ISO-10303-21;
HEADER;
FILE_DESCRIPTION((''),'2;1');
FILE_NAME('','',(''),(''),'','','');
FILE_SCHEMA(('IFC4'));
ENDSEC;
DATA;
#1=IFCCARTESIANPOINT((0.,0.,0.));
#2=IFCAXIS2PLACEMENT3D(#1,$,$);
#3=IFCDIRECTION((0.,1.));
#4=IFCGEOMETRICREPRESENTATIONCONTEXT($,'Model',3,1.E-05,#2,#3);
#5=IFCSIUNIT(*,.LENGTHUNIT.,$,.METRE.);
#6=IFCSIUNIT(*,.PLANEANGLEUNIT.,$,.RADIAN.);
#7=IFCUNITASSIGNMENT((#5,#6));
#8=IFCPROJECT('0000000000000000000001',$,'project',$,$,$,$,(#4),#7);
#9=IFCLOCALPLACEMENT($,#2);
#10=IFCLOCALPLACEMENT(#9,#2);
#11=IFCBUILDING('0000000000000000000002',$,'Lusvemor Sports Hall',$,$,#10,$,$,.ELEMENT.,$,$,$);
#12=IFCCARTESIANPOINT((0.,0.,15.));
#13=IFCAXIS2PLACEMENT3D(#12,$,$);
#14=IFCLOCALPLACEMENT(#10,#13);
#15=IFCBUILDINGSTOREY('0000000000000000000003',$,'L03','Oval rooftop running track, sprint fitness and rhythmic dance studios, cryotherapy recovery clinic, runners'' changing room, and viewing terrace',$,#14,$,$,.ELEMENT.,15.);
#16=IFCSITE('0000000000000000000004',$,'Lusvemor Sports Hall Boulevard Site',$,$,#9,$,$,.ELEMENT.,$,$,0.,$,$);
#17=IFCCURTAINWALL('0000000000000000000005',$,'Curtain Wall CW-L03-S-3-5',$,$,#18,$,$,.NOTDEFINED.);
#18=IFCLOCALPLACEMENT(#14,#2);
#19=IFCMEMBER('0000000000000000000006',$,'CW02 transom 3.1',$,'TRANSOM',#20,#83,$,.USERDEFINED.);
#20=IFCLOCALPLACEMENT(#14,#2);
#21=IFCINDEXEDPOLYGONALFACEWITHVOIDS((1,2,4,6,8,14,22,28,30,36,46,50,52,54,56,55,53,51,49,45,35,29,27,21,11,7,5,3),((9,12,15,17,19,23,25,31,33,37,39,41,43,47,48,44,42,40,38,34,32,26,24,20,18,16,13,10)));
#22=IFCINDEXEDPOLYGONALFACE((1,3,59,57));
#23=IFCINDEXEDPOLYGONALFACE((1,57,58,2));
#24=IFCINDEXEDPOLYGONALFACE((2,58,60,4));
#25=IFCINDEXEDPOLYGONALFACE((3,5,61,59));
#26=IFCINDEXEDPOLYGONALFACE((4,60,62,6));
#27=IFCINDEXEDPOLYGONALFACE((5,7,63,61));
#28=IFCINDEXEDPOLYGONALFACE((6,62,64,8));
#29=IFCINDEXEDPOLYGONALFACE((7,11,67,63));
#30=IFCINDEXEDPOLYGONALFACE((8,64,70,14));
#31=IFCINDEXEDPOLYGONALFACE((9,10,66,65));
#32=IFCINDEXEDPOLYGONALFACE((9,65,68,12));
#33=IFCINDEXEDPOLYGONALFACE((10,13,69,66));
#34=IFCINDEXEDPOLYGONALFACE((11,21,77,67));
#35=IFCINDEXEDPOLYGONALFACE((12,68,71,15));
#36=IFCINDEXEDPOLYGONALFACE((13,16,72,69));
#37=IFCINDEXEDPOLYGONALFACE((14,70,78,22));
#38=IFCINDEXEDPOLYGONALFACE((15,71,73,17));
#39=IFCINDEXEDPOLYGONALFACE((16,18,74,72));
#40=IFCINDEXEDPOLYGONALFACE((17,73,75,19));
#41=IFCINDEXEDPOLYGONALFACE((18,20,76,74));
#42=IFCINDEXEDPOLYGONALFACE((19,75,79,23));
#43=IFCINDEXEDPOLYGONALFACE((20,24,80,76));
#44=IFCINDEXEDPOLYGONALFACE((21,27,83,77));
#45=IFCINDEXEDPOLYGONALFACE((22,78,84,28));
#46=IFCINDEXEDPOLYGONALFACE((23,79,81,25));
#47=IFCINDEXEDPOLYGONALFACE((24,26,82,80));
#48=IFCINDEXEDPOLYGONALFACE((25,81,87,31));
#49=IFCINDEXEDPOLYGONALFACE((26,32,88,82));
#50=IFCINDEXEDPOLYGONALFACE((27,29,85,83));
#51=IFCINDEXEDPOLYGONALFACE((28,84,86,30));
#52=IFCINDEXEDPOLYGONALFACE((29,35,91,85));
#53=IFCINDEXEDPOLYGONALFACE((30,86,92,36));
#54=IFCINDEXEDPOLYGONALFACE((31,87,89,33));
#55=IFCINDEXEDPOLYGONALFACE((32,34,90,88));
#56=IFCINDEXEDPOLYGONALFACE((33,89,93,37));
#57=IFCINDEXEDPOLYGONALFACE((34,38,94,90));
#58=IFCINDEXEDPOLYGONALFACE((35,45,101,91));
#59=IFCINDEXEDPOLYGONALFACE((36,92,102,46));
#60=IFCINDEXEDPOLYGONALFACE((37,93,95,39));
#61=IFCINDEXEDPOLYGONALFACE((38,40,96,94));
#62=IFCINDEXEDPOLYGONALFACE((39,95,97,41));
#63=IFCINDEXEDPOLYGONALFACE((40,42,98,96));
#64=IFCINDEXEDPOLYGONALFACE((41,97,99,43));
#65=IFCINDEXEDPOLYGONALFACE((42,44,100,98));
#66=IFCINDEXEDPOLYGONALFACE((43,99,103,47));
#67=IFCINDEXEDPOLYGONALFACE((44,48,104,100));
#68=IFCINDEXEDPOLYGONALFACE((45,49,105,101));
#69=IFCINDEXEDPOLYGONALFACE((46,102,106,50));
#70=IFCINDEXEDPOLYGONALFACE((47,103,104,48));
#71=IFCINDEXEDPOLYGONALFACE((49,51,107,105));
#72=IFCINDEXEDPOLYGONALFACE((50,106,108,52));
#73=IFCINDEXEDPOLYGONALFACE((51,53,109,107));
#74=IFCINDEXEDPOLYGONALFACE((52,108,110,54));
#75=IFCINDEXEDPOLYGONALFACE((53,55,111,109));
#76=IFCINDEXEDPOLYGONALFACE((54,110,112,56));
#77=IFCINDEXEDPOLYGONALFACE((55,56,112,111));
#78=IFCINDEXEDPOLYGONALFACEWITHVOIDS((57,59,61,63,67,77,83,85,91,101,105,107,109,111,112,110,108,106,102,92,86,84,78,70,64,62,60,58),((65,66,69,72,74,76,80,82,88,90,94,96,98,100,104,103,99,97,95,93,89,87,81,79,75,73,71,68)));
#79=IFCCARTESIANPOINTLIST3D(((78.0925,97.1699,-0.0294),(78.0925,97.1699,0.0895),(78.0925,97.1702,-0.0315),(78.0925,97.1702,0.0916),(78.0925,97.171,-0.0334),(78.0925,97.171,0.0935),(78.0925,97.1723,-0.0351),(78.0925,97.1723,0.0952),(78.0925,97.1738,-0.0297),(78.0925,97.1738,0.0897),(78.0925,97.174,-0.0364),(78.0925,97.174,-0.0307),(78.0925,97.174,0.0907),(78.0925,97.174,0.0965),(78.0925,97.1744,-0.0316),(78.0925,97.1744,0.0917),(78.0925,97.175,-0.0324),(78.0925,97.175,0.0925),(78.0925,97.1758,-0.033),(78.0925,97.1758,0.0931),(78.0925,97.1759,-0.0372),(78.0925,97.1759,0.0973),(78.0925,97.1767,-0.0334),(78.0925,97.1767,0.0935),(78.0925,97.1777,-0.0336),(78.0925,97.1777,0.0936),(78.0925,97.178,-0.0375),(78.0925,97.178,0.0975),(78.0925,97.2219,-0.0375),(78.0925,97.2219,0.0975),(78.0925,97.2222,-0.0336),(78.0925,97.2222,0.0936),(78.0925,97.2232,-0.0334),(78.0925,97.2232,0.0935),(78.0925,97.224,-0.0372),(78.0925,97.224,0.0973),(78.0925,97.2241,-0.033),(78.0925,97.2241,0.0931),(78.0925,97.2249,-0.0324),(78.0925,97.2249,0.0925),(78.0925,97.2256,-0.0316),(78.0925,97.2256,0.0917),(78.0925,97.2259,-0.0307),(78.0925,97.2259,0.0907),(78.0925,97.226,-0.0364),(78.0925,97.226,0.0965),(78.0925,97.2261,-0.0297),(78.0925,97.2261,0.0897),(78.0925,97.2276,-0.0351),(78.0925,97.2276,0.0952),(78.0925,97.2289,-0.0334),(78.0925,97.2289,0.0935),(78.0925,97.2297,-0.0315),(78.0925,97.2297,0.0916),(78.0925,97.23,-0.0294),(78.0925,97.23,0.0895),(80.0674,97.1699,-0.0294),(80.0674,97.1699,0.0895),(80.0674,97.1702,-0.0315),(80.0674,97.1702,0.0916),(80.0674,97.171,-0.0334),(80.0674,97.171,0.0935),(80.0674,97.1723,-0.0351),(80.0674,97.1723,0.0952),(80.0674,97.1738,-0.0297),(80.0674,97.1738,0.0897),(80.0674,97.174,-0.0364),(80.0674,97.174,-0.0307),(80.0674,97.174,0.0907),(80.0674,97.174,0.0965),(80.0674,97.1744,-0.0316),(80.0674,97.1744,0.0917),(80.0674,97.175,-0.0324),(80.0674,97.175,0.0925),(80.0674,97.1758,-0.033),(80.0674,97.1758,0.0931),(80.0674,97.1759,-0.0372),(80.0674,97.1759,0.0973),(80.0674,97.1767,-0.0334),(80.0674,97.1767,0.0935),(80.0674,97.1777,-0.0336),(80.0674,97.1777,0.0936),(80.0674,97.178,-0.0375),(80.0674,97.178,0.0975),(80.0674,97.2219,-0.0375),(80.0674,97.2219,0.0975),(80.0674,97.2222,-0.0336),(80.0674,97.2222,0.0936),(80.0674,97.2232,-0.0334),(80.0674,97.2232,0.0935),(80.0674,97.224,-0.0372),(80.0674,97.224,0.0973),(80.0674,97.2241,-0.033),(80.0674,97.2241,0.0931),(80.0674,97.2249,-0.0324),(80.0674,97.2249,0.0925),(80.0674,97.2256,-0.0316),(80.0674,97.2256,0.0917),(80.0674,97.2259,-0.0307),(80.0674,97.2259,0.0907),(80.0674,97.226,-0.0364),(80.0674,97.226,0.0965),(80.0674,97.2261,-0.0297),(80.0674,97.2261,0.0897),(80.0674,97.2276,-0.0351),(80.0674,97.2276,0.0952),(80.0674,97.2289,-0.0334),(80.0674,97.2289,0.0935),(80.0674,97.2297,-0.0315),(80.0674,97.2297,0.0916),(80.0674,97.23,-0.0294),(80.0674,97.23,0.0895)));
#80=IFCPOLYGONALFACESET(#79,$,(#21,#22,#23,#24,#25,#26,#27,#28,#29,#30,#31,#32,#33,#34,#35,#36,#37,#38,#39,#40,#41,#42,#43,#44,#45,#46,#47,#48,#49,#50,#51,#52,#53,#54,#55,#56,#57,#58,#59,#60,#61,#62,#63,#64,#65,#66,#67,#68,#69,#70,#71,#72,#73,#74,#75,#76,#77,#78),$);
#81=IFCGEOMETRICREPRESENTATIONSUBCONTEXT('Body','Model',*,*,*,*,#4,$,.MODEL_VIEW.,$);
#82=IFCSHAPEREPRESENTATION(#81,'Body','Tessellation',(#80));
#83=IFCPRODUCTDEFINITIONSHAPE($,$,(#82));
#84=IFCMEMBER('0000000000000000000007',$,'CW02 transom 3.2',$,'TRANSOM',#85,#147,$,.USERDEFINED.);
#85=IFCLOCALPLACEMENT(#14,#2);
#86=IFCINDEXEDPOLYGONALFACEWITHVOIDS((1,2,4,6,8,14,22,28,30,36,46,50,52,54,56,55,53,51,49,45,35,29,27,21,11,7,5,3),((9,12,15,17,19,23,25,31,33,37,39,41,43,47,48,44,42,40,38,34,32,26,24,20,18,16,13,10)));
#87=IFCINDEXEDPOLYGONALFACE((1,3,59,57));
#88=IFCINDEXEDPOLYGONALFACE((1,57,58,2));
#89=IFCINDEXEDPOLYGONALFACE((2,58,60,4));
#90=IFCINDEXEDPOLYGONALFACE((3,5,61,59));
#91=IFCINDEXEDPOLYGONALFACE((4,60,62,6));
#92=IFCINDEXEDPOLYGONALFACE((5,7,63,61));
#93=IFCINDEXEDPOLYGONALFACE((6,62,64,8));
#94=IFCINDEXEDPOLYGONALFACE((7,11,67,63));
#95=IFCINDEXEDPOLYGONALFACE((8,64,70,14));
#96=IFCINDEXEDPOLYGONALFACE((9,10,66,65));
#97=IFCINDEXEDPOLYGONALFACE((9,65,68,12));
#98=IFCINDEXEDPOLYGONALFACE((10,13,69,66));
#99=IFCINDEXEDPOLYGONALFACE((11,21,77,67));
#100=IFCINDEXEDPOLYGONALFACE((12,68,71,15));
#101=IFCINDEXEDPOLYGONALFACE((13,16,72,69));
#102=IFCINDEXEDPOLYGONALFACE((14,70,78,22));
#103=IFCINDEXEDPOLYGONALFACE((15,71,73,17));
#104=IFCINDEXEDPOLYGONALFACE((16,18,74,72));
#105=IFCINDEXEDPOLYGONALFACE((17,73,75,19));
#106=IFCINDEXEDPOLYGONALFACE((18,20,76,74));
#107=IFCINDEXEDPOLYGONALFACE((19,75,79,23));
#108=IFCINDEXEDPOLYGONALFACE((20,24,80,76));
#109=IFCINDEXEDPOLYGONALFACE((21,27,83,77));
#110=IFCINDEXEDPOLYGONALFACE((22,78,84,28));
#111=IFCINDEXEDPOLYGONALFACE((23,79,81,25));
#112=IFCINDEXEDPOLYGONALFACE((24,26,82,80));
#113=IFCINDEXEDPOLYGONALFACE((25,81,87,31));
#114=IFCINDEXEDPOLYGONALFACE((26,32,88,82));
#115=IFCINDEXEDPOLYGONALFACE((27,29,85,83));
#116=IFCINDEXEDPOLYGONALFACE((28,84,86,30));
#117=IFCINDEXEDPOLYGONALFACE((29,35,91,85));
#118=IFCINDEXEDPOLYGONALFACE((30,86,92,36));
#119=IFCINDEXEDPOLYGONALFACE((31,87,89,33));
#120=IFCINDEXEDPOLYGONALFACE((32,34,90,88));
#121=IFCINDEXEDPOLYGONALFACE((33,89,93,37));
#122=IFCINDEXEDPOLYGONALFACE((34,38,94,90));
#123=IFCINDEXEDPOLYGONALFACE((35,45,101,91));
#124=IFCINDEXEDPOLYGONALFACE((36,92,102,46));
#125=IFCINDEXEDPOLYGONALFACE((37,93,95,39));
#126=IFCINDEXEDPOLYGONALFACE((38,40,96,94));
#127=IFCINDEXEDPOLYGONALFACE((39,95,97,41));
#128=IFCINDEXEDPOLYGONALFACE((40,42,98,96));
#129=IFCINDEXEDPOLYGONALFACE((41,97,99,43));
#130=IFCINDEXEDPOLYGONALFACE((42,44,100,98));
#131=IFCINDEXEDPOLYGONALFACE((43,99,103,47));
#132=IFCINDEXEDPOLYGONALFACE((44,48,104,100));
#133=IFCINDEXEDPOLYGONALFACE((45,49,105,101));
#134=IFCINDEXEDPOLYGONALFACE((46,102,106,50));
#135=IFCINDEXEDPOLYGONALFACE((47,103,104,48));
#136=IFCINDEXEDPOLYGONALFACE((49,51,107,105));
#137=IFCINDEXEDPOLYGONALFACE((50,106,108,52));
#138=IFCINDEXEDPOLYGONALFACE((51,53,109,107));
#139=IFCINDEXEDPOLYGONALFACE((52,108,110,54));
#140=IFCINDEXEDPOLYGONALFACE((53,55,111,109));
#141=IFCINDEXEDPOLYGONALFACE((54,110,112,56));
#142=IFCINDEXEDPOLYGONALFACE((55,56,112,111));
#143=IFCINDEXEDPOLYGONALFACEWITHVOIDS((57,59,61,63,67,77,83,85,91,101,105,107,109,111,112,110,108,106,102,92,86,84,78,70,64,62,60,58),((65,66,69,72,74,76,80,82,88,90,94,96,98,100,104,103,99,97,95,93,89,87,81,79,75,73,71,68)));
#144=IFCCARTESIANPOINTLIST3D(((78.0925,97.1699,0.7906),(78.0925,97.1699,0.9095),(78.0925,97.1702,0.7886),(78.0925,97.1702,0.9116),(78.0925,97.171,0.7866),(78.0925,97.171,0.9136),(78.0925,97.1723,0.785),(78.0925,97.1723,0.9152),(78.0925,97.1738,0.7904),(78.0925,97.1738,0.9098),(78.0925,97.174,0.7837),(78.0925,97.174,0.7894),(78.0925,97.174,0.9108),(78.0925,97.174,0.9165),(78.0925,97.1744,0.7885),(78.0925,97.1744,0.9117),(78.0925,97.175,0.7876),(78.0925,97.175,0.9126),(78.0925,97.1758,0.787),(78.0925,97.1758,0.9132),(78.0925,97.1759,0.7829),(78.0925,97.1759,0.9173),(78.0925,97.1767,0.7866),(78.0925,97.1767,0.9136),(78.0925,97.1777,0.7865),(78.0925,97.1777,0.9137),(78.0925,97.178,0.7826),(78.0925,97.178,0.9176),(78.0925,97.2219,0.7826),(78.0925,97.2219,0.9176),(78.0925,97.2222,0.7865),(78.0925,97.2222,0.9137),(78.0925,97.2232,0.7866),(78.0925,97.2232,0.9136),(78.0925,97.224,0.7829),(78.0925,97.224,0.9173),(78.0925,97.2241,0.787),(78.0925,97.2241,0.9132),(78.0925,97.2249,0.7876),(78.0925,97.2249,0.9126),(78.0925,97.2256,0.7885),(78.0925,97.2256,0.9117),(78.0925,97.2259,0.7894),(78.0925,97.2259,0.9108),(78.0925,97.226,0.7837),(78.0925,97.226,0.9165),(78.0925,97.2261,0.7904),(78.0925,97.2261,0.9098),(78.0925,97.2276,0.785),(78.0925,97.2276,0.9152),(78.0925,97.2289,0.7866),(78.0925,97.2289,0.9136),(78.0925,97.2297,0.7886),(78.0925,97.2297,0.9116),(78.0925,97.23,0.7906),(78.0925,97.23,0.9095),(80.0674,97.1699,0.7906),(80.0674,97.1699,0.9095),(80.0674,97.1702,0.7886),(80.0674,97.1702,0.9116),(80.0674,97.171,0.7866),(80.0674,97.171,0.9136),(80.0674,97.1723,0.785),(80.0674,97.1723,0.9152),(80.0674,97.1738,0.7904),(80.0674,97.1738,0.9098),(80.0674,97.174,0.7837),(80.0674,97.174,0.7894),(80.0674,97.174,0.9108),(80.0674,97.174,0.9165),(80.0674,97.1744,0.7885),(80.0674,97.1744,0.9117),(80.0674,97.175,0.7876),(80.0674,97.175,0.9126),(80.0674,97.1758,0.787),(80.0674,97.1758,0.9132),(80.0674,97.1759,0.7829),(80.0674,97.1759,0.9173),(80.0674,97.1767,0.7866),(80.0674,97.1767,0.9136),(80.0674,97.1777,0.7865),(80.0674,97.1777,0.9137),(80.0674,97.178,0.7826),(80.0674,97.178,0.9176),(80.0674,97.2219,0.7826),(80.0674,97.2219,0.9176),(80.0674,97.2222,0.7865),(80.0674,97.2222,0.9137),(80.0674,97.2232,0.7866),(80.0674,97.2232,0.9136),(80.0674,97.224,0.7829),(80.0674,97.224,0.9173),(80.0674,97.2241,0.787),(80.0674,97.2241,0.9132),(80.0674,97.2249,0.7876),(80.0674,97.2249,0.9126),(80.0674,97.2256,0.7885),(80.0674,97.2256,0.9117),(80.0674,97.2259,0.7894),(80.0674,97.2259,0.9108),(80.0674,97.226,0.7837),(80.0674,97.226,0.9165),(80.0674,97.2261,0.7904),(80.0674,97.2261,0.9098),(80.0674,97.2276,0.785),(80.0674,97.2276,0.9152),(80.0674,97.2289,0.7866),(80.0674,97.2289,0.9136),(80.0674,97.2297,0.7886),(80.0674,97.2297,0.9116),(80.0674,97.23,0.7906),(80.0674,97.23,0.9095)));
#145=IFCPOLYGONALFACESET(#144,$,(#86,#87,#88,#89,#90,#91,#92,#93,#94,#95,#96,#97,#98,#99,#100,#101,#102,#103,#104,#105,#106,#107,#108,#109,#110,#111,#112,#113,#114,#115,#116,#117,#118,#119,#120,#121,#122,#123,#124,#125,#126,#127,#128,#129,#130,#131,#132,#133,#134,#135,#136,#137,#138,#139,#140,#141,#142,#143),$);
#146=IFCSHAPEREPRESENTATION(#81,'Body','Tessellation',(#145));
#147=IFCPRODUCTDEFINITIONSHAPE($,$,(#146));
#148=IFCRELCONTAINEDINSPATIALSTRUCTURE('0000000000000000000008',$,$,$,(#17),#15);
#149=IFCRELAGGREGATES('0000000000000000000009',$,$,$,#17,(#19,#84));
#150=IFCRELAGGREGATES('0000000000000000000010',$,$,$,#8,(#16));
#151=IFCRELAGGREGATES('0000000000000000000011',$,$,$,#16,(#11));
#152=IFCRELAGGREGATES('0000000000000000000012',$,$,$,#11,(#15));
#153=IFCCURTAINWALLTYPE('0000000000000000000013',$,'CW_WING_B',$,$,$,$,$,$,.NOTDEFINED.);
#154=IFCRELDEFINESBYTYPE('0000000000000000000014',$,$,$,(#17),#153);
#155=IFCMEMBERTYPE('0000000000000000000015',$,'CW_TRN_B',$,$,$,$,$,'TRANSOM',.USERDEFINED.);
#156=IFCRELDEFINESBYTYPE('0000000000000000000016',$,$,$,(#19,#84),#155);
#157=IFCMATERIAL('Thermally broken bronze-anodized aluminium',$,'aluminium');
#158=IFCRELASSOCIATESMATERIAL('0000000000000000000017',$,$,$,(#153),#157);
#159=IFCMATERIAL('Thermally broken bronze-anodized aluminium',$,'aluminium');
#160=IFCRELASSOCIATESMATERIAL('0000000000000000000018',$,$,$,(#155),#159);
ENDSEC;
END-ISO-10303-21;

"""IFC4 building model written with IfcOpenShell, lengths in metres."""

from ifc_helpers import new_model, si_unit, direction, frame, origin, origin_2d, place, context, subcontext, project, spatial, hollow_rectangle, extrude, material, material_profile, profile_set, type_object, element, aggregate, save


model = new_model("IFC4")

# Units and contexts
model_context = context("Model", 3, precision=1e-05, world=origin(), true_north=direction((0.0, 1.0)))
body_context = subcontext(model_context, "Body", "Model", "MODEL_VIEW")
ifc_project = project(units=[si_unit("LENGTHUNIT", "METRE"), si_unit("PLANEANGLEUNIT", "RADIAN")], contexts=[model_context])

# Site, building, storey
site_placement = place(None, origin())
site = spatial("IfcSite", under=ifc_project, at=site_placement, Name="Lusvemor Sports Hall Boulevard Site", CompositionType="ELEMENT", RefElevation=0.0)
building_placement = place(site_placement, origin())
building = spatial("IfcBuilding", under=site, at=building_placement, Name="Lusvemor Sports Hall", CompositionType="ELEMENT")
storey_placement = place(building_placement, frame((0.0, 0.0, 15.0)))
storey = spatial("IfcBuildingStorey", under=building, at=storey_placement, Name="L03", Description="Oval rooftop running track, sprint fitness and rhythmic dance studios, cryotherapy recovery clinic, runners' changing room, and viewing terrace", CompositionType="ELEMENT", Elevation=15.0)

# Shared definitions
ifc_material_1 = material(Name="Thermally broken bronze-anodized aluminium", Category="aluminium")
curtain_wall_type = type_object("IfcCurtainWallType", Name="CW_WING_B", PredefinedType="NOTDEFINED", material=ifc_material_1)

# Curtain wall
curtain_wall_1_placement = place(storey_placement, origin())
curtain_wall_1 = element("IfcCurtainWall", 1, at=curtain_wall_1_placement, inside=storey, type_object=curtain_wall_type, Name="Curtain Wall CW-L03-S-3-5", PredefinedType="NOTDEFINED")

# Members
ifc_material_2 = material(Name="Thermally broken bronze-anodized aluminium", Category="aluminium")
ifc_material_profile_1 = material_profile(ifc_material_2, hollow_rectangle(XDim=0.0601, YDim=0.135, WallThickness=0.0039, InnerFilletRadius=0.0039, OuterFilletRadius=0.0081, at=origin_2d()), Name="CWTRN135x60x4")
ifc_profile_set_1 = profile_set([ifc_material_profile_1], Name="Thermally broken bronze-anodized aluminium")
member_type_1 = type_object("IfcMemberType", Name="CW_TRN_B", ElementType="TRANSOM", PredefinedType="USERDEFINED", material=ifc_profile_set_1)
member_1_placement = place(storey_placement, frame((80.0674, 97.2, 0.03), z_axis=(-1.0, 0.0, 0.0), x_axis=(0.0, -1.0, 0.0)))
member_1 = element("IfcMember", 2, at=member_1_placement, type_object=member_type_1, Name="CW02 transom 3.1", ObjectType="TRANSOM", PredefinedType="USERDEFINED", context=body_context, shape_type="SweptSolid", body=[
    extrude(hollow_rectangle(XDim=0.0601, YDim=0.135, WallThickness=0.0039, InnerFilletRadius=0.0039, OuterFilletRadius=0.0081, at=origin_2d()), origin(), (0.0, 0.0, 1.0), 1.9749),
])
member_2_placement = place(storey_placement, frame((80.0674, 97.2, 0.8501), z_axis=(-1.0, 0.0, 0.0), x_axis=(0.0, -1.0, 0.0)))
member_2 = element("IfcMember", 3, at=member_2_placement, type_object=member_type_1, Name="CW02 transom 3.2", ObjectType="TRANSOM", PredefinedType="USERDEFINED", context=body_context, shape_type="SweptSolid", body=[
    extrude(hollow_rectangle(XDim=0.0601, YDim=0.135, WallThickness=0.0039, InnerFilletRadius=0.0039, OuterFilletRadius=0.0081, at=origin_2d()), origin(), (0.0, 0.0, 1.0), 1.9749),
])

aggregate(curtain_wall_1, [member_1, member_2])

save(model, "model.ifc")
